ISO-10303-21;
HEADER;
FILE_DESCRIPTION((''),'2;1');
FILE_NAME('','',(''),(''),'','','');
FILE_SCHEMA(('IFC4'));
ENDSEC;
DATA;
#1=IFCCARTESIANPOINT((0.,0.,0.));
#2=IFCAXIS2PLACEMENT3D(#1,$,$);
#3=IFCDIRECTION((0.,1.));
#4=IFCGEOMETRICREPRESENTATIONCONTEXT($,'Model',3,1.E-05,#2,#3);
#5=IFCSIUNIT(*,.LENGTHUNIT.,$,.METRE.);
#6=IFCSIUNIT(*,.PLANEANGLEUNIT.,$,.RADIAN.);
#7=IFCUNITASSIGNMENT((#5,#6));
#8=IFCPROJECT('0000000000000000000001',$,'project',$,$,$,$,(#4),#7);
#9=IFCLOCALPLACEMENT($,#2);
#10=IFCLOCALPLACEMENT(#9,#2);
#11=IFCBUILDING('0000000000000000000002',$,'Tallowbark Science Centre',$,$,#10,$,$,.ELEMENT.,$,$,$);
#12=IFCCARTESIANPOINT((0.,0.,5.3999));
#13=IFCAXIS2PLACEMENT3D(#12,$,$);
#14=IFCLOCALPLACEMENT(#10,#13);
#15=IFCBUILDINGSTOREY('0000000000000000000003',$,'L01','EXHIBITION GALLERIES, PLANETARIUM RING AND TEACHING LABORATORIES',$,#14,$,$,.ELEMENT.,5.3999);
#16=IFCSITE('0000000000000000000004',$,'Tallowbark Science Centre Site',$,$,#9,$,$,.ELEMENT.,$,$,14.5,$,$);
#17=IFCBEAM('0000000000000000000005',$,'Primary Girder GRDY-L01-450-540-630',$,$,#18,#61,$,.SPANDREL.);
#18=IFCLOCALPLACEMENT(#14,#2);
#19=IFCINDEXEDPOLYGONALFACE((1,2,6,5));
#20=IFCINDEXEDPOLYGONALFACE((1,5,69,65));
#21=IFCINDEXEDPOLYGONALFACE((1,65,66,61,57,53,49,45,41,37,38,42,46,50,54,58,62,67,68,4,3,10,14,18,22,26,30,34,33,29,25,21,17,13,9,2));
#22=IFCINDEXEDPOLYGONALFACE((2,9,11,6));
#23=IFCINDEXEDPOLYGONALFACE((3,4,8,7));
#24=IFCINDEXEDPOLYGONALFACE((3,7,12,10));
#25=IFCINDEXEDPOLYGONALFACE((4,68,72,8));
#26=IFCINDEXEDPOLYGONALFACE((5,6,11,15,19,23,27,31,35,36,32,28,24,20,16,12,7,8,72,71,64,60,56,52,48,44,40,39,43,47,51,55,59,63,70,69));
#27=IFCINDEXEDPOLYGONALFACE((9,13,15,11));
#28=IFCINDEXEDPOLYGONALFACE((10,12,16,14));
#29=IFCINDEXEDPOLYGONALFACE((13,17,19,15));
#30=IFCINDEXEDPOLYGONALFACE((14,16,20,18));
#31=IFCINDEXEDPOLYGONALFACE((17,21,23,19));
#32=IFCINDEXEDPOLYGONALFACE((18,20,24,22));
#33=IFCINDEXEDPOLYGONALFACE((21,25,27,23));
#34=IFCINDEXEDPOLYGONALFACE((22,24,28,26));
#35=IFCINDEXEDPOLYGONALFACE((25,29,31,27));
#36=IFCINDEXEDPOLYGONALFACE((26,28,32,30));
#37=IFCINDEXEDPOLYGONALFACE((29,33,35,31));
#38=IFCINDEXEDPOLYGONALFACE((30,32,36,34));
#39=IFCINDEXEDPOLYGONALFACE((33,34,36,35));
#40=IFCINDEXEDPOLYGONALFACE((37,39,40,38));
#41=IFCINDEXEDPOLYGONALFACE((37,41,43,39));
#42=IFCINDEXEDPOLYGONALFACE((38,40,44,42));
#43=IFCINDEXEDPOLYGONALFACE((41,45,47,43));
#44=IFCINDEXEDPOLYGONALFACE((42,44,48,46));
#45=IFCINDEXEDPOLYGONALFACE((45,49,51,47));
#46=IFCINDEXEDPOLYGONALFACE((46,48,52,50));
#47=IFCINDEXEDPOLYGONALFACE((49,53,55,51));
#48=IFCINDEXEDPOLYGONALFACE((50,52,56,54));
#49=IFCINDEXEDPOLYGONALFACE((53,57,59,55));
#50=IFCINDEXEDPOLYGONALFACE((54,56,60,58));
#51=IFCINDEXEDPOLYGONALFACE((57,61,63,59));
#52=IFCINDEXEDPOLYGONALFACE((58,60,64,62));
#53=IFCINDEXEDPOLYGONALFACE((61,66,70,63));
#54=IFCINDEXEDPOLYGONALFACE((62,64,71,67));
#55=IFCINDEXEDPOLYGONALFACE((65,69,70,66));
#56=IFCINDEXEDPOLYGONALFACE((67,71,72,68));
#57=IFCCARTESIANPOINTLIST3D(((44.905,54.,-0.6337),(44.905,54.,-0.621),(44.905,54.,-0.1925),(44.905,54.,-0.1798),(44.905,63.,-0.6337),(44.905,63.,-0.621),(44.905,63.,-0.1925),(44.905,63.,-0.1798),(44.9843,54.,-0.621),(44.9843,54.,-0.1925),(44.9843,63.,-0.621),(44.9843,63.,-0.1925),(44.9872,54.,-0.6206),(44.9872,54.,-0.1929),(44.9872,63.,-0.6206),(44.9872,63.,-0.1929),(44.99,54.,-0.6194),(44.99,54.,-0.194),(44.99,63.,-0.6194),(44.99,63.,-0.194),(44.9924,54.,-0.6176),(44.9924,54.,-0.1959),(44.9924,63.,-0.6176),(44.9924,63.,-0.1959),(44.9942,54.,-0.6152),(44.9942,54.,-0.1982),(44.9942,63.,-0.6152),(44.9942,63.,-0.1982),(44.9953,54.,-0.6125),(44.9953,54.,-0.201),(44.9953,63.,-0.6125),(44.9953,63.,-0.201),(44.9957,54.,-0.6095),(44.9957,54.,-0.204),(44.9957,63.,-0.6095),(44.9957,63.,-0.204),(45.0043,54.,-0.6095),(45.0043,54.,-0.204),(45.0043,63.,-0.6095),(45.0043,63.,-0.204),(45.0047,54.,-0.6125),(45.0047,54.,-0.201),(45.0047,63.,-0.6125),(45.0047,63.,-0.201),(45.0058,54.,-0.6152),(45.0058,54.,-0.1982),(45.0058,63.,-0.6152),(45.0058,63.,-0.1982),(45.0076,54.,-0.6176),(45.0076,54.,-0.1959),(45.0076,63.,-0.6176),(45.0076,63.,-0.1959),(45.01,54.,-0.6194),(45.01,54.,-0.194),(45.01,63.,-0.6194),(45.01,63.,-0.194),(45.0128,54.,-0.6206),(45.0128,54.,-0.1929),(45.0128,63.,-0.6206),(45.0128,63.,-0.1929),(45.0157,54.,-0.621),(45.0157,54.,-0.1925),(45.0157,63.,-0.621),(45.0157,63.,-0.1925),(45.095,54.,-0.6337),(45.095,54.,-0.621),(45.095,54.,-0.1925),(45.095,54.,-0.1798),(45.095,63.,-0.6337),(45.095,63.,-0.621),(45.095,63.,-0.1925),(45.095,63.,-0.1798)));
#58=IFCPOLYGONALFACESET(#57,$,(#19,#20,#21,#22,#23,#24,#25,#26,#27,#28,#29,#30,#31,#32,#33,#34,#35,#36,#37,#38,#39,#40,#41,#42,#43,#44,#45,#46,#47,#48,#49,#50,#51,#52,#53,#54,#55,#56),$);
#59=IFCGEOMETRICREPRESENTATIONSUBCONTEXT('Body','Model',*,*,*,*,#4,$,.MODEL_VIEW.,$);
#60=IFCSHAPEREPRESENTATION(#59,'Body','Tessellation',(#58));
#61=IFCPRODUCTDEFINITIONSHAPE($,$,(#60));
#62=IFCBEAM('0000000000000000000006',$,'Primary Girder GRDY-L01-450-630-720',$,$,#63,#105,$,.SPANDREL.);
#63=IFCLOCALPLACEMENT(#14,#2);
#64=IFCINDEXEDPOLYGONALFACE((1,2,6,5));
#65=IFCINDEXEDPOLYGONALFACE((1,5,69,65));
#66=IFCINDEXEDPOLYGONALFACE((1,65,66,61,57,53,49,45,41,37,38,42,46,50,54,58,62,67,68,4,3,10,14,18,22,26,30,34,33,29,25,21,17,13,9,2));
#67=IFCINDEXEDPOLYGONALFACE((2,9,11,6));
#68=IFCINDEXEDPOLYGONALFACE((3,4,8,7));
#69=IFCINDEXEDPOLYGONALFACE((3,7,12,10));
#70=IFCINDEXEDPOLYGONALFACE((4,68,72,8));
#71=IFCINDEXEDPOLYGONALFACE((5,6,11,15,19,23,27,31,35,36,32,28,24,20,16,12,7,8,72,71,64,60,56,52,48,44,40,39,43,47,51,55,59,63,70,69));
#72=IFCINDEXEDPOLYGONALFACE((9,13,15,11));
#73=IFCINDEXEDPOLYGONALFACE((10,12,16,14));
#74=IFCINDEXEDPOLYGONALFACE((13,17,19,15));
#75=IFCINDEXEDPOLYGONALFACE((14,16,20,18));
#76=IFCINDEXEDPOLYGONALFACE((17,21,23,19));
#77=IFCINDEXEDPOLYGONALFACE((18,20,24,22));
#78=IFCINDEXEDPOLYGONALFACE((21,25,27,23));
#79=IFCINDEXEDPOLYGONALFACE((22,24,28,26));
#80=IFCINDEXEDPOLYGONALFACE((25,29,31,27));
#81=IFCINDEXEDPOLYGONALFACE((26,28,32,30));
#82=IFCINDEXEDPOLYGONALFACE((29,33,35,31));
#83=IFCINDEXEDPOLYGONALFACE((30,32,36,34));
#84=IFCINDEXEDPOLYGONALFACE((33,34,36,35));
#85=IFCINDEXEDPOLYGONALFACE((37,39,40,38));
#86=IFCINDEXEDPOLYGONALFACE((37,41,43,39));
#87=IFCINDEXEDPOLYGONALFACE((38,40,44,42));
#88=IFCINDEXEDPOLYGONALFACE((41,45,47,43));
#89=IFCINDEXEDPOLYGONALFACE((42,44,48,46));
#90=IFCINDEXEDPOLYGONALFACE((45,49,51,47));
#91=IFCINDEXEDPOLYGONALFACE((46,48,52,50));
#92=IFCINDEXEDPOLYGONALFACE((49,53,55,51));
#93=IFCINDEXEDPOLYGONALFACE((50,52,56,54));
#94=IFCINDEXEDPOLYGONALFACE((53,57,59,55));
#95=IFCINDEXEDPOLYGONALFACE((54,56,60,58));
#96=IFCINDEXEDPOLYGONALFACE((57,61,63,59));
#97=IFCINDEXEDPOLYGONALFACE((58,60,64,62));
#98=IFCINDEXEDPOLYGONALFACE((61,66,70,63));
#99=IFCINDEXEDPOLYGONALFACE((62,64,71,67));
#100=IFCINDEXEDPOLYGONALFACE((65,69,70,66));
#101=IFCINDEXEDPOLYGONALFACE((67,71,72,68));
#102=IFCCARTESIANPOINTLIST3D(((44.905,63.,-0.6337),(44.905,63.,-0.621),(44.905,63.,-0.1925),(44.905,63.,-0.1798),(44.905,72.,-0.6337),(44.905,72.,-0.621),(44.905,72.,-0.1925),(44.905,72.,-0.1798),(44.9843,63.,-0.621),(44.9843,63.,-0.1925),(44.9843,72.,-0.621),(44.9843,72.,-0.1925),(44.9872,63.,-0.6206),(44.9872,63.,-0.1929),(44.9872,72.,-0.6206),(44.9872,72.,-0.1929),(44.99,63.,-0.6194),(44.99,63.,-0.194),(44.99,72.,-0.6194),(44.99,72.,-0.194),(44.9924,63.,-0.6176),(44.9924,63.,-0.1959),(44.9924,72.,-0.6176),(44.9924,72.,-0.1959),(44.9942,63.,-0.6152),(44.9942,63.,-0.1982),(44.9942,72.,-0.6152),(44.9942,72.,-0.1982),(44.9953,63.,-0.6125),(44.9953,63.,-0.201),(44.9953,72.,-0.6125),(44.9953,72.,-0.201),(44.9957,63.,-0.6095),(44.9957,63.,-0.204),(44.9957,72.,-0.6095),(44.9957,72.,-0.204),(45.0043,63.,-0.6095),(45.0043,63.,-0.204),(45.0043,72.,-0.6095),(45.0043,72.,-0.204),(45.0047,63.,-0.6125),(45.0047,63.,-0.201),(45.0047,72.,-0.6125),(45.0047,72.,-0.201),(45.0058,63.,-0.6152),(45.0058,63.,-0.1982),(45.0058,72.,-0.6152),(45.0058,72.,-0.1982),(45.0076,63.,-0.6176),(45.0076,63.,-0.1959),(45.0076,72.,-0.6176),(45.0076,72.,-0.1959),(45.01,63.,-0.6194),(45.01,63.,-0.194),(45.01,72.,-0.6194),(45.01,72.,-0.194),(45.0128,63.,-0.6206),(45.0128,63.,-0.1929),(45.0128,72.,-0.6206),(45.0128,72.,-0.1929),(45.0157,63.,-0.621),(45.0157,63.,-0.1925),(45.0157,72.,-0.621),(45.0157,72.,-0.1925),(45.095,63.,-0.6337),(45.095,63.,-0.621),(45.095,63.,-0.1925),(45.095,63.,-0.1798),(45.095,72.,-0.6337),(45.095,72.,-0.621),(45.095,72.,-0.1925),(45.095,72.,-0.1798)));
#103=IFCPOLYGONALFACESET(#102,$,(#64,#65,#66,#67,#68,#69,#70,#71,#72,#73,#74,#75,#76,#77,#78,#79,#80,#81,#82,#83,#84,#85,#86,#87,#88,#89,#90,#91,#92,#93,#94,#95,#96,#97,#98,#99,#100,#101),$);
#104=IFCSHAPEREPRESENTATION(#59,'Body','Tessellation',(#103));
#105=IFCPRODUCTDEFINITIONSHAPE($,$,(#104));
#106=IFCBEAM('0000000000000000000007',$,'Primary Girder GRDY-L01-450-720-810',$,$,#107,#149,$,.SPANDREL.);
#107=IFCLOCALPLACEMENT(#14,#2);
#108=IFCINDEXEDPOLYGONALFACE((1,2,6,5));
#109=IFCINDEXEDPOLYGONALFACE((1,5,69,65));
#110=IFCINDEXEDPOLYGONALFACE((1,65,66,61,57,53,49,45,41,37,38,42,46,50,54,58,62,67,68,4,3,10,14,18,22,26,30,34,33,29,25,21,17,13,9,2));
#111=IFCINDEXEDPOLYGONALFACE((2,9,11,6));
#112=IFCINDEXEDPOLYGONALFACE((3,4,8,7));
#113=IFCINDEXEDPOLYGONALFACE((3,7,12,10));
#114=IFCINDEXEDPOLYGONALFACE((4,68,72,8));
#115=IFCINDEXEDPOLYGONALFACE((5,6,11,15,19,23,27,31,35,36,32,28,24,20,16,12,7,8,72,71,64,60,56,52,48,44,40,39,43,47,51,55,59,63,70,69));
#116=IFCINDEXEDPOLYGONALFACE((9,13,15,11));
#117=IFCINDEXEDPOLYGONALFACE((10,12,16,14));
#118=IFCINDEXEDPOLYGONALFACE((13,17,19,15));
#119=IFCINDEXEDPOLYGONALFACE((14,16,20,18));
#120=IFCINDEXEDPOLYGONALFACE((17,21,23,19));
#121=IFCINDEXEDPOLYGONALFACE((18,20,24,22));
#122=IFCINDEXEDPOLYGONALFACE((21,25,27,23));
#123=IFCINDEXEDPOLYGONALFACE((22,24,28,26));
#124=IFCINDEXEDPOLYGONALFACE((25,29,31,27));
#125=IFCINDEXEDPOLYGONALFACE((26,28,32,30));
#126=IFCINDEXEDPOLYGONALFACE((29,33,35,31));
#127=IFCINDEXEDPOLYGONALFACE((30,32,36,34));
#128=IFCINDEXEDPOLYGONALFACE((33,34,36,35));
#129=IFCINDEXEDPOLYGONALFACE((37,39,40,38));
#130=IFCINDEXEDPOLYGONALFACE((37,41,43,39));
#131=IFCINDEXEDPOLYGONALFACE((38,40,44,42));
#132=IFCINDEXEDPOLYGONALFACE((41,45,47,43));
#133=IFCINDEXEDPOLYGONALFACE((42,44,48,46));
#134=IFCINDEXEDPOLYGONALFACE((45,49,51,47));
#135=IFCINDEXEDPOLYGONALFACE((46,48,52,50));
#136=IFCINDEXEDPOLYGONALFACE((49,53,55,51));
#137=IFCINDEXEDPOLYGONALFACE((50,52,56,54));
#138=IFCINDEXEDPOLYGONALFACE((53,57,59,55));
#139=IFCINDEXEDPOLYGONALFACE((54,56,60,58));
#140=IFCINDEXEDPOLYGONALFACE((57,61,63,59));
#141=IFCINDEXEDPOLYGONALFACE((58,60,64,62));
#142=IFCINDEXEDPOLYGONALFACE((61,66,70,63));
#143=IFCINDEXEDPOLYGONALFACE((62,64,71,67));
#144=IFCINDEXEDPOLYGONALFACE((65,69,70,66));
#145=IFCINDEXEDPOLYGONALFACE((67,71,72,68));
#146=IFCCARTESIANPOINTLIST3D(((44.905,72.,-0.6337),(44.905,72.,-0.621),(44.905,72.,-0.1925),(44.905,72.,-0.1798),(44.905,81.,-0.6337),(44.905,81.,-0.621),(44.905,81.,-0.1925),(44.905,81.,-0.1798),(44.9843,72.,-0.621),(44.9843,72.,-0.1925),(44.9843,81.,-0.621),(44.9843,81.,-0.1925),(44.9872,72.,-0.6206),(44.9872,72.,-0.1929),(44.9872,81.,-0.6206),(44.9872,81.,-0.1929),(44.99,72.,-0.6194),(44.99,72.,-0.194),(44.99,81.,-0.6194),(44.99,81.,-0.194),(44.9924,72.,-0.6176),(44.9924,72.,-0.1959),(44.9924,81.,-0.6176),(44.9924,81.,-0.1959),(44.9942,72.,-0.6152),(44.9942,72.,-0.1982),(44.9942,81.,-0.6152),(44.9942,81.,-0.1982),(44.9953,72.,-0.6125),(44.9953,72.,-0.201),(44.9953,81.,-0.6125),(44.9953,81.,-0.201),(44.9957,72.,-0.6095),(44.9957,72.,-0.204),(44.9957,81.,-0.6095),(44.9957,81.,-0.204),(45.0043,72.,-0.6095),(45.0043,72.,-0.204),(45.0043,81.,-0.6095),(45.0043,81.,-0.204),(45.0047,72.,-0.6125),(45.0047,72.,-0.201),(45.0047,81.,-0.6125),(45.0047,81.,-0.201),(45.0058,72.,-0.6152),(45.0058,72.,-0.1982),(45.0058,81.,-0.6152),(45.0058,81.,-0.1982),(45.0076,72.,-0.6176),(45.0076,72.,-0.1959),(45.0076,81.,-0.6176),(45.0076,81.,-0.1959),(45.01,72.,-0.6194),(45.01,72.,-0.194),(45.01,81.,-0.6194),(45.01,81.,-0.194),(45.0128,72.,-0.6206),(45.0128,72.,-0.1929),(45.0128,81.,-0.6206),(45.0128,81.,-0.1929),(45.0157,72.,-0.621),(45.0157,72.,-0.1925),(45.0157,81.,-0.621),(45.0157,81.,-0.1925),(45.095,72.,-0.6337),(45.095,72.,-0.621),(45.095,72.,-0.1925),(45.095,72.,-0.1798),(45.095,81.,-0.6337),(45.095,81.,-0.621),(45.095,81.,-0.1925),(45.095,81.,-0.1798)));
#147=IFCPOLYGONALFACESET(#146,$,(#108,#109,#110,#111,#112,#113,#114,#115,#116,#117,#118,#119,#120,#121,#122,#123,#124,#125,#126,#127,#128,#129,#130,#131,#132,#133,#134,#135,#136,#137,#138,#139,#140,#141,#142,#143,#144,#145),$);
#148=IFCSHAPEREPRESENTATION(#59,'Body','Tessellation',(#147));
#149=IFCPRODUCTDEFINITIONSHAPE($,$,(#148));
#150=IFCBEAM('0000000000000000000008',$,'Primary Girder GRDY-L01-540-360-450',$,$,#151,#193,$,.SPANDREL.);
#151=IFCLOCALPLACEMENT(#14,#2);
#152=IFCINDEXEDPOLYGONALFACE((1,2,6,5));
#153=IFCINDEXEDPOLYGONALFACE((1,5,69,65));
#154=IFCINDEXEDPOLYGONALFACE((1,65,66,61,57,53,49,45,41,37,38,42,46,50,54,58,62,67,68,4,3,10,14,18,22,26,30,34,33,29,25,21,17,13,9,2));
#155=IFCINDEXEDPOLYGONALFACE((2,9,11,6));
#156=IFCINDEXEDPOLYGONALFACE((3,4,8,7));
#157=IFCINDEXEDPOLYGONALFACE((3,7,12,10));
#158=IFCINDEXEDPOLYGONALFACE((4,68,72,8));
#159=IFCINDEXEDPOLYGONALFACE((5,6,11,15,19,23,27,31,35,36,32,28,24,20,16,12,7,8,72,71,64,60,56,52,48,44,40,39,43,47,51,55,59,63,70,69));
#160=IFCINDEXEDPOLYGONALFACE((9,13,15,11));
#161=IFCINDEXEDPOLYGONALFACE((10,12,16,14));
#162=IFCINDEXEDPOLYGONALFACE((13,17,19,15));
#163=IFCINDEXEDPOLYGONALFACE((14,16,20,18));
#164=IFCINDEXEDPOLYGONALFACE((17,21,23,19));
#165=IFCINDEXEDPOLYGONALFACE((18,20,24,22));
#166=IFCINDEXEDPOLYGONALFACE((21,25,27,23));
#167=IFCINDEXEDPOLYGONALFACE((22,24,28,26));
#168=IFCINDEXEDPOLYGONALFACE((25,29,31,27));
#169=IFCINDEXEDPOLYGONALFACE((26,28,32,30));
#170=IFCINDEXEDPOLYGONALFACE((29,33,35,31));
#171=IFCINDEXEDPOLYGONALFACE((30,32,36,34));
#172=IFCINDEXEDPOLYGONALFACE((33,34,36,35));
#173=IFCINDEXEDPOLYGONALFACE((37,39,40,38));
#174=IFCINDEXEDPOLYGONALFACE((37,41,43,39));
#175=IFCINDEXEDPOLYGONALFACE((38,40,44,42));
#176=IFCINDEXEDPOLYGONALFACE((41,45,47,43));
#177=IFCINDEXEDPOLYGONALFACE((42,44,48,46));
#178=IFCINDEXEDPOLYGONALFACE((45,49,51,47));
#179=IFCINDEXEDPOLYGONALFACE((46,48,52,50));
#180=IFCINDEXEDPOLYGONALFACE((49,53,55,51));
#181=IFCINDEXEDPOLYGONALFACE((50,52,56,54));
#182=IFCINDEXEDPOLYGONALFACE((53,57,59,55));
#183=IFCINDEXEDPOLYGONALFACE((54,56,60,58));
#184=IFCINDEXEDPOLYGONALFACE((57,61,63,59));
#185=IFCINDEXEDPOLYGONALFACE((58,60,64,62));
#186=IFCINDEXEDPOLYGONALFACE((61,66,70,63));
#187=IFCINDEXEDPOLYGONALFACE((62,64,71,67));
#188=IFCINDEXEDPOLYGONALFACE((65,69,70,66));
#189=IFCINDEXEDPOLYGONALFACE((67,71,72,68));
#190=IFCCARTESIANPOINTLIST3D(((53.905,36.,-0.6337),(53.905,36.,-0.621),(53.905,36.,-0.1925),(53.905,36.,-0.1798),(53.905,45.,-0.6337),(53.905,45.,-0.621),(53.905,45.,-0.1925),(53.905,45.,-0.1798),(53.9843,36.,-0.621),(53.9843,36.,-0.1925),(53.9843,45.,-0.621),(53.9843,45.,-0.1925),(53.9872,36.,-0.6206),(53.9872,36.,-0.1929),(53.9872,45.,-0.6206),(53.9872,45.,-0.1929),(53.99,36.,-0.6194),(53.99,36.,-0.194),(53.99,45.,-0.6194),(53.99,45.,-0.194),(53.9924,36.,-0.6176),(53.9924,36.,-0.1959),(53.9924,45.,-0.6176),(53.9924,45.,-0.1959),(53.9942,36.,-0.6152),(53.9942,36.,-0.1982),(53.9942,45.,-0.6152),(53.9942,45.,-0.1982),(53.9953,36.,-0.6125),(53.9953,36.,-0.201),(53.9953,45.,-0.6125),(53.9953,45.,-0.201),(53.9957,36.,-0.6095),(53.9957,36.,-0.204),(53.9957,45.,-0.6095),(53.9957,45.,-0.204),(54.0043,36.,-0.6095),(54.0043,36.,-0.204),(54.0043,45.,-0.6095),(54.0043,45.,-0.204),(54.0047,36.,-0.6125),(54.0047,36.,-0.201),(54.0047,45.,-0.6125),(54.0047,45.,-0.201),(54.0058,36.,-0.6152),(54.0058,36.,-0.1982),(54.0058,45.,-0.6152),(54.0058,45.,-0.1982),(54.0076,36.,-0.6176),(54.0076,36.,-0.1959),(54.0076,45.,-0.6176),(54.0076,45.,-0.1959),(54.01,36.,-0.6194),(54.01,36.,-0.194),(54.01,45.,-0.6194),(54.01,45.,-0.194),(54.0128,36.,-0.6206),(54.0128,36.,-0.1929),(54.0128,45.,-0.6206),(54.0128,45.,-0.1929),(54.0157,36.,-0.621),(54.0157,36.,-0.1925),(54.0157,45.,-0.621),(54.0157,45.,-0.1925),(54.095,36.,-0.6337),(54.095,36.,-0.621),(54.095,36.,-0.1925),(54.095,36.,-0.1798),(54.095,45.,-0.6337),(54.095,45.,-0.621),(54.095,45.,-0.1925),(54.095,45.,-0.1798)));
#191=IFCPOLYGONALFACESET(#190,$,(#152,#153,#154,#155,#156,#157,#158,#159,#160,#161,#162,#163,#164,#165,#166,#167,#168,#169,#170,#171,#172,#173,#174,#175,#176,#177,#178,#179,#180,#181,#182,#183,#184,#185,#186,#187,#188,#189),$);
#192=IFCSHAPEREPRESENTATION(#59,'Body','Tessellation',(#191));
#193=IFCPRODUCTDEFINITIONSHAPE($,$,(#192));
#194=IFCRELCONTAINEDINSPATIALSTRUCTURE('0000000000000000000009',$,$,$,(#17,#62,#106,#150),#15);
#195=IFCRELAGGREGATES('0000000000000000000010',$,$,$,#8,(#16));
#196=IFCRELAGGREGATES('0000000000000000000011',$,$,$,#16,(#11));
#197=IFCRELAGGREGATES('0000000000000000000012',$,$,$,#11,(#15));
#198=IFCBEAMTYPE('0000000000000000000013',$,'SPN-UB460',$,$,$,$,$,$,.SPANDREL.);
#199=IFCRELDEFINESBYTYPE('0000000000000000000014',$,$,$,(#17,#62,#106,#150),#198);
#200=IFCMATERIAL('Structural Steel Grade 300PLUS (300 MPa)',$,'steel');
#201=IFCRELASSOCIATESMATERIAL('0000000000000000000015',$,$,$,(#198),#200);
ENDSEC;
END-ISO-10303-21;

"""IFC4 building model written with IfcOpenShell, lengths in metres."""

from ifc_helpers import new_model, si_unit, direction, frame, origin, origin_2d, place, context, subcontext, project, spatial, i_section, extrude, material, material_profile, profile_set, type_object, element, save


model = new_model("IFC4")

# Units and contexts
model_context = context("Model", 3, precision=1e-05, world=origin(), true_north=direction((0.0, 1.0)))
body_context = subcontext(model_context, "Body", "Model", "MODEL_VIEW")
ifc_project = project(units=[si_unit("LENGTHUNIT", "METRE"), si_unit("PLANEANGLEUNIT", "RADIAN")], contexts=[model_context])

# Site, building, storey
site_placement = place(None, origin())
site = spatial("IfcSite", under=ifc_project, at=site_placement, Name="Tallowbark Science Centre Site", CompositionType="ELEMENT", RefElevation=14.5)
building_placement = place(site_placement, origin())
building = spatial("IfcBuilding", under=site, at=building_placement, Name="Tallowbark Science Centre", CompositionType="ELEMENT")
storey_placement = place(building_placement, frame((0.0, 0.0, 5.3999)))
storey = spatial("IfcBuildingStorey", under=building, at=storey_placement, Name="L01", Description="EXHIBITION GALLERIES, PLANETARIUM RING AND TEACHING LABORATORIES", CompositionType="ELEMENT", Elevation=5.3999)

# Shared definitions
ifc_material_1 = material(Name="Structural Steel Grade 300PLUS (300 MPa)", Category="steel")

# Beams
ifc_material_profile_1 = material_profile(ifc_material_1, i_section(OverallWidth=0.1899, OverallDepth=0.4539, WebThickness=0.0085, FlangeThickness=0.0127, FilletRadius=0.0115, at=origin_2d()), Name="460UB67.1")
ifc_profile_set_1 = profile_set([ifc_material_profile_1], Name="Structural Steel Grade 300PLUS (300 MPa)")
beam_type_1 = type_object("IfcBeamType", Name="SPN-UB460", PredefinedType="SPANDREL", material=ifc_profile_set_1)
for number, where, z_axis, x_axis, name in (
    (1, (45.0, 54.0, -0.4067), (0.0, 1.0, 0.0), (-1.0, 0.0, 0.0), "Primary Girder GRDY-L01-450-540-630"),
    (2, (45.0, 63.0, -0.4067), (0.0, 1.0, 0.0), (-1.0, 0.0, 0.0), "Primary Girder GRDY-L01-450-630-720"),
    (3, (45.0, 72.0, -0.4067), (0.0, 1.0, 0.0), (-1.0, 0.0, 0.0), "Primary Girder GRDY-L01-450-720-810"),
    (4, (54.0, 36.0, -0.4067), (0.0, 1.0, 0.0), (-1.0, 0.0, 0.0), "Primary Girder GRDY-L01-540-360-450"),
):
    element("IfcBeam", number, at=place(storey_placement, frame(where, z_axis=z_axis, x_axis=x_axis)), inside=storey, type_object=beam_type_1, Name=name, PredefinedType="SPANDREL", context=body_context, shape_type="SweptSolid", body=[
        extrude(i_section(OverallWidth=0.1899, OverallDepth=0.4539, WebThickness=0.0085, FlangeThickness=0.0127, FilletRadius=0.0115, at=origin_2d()), origin(), (0.0, 0.0, 1.0), 9.0),
    ])

save(model, "model.ifc")
